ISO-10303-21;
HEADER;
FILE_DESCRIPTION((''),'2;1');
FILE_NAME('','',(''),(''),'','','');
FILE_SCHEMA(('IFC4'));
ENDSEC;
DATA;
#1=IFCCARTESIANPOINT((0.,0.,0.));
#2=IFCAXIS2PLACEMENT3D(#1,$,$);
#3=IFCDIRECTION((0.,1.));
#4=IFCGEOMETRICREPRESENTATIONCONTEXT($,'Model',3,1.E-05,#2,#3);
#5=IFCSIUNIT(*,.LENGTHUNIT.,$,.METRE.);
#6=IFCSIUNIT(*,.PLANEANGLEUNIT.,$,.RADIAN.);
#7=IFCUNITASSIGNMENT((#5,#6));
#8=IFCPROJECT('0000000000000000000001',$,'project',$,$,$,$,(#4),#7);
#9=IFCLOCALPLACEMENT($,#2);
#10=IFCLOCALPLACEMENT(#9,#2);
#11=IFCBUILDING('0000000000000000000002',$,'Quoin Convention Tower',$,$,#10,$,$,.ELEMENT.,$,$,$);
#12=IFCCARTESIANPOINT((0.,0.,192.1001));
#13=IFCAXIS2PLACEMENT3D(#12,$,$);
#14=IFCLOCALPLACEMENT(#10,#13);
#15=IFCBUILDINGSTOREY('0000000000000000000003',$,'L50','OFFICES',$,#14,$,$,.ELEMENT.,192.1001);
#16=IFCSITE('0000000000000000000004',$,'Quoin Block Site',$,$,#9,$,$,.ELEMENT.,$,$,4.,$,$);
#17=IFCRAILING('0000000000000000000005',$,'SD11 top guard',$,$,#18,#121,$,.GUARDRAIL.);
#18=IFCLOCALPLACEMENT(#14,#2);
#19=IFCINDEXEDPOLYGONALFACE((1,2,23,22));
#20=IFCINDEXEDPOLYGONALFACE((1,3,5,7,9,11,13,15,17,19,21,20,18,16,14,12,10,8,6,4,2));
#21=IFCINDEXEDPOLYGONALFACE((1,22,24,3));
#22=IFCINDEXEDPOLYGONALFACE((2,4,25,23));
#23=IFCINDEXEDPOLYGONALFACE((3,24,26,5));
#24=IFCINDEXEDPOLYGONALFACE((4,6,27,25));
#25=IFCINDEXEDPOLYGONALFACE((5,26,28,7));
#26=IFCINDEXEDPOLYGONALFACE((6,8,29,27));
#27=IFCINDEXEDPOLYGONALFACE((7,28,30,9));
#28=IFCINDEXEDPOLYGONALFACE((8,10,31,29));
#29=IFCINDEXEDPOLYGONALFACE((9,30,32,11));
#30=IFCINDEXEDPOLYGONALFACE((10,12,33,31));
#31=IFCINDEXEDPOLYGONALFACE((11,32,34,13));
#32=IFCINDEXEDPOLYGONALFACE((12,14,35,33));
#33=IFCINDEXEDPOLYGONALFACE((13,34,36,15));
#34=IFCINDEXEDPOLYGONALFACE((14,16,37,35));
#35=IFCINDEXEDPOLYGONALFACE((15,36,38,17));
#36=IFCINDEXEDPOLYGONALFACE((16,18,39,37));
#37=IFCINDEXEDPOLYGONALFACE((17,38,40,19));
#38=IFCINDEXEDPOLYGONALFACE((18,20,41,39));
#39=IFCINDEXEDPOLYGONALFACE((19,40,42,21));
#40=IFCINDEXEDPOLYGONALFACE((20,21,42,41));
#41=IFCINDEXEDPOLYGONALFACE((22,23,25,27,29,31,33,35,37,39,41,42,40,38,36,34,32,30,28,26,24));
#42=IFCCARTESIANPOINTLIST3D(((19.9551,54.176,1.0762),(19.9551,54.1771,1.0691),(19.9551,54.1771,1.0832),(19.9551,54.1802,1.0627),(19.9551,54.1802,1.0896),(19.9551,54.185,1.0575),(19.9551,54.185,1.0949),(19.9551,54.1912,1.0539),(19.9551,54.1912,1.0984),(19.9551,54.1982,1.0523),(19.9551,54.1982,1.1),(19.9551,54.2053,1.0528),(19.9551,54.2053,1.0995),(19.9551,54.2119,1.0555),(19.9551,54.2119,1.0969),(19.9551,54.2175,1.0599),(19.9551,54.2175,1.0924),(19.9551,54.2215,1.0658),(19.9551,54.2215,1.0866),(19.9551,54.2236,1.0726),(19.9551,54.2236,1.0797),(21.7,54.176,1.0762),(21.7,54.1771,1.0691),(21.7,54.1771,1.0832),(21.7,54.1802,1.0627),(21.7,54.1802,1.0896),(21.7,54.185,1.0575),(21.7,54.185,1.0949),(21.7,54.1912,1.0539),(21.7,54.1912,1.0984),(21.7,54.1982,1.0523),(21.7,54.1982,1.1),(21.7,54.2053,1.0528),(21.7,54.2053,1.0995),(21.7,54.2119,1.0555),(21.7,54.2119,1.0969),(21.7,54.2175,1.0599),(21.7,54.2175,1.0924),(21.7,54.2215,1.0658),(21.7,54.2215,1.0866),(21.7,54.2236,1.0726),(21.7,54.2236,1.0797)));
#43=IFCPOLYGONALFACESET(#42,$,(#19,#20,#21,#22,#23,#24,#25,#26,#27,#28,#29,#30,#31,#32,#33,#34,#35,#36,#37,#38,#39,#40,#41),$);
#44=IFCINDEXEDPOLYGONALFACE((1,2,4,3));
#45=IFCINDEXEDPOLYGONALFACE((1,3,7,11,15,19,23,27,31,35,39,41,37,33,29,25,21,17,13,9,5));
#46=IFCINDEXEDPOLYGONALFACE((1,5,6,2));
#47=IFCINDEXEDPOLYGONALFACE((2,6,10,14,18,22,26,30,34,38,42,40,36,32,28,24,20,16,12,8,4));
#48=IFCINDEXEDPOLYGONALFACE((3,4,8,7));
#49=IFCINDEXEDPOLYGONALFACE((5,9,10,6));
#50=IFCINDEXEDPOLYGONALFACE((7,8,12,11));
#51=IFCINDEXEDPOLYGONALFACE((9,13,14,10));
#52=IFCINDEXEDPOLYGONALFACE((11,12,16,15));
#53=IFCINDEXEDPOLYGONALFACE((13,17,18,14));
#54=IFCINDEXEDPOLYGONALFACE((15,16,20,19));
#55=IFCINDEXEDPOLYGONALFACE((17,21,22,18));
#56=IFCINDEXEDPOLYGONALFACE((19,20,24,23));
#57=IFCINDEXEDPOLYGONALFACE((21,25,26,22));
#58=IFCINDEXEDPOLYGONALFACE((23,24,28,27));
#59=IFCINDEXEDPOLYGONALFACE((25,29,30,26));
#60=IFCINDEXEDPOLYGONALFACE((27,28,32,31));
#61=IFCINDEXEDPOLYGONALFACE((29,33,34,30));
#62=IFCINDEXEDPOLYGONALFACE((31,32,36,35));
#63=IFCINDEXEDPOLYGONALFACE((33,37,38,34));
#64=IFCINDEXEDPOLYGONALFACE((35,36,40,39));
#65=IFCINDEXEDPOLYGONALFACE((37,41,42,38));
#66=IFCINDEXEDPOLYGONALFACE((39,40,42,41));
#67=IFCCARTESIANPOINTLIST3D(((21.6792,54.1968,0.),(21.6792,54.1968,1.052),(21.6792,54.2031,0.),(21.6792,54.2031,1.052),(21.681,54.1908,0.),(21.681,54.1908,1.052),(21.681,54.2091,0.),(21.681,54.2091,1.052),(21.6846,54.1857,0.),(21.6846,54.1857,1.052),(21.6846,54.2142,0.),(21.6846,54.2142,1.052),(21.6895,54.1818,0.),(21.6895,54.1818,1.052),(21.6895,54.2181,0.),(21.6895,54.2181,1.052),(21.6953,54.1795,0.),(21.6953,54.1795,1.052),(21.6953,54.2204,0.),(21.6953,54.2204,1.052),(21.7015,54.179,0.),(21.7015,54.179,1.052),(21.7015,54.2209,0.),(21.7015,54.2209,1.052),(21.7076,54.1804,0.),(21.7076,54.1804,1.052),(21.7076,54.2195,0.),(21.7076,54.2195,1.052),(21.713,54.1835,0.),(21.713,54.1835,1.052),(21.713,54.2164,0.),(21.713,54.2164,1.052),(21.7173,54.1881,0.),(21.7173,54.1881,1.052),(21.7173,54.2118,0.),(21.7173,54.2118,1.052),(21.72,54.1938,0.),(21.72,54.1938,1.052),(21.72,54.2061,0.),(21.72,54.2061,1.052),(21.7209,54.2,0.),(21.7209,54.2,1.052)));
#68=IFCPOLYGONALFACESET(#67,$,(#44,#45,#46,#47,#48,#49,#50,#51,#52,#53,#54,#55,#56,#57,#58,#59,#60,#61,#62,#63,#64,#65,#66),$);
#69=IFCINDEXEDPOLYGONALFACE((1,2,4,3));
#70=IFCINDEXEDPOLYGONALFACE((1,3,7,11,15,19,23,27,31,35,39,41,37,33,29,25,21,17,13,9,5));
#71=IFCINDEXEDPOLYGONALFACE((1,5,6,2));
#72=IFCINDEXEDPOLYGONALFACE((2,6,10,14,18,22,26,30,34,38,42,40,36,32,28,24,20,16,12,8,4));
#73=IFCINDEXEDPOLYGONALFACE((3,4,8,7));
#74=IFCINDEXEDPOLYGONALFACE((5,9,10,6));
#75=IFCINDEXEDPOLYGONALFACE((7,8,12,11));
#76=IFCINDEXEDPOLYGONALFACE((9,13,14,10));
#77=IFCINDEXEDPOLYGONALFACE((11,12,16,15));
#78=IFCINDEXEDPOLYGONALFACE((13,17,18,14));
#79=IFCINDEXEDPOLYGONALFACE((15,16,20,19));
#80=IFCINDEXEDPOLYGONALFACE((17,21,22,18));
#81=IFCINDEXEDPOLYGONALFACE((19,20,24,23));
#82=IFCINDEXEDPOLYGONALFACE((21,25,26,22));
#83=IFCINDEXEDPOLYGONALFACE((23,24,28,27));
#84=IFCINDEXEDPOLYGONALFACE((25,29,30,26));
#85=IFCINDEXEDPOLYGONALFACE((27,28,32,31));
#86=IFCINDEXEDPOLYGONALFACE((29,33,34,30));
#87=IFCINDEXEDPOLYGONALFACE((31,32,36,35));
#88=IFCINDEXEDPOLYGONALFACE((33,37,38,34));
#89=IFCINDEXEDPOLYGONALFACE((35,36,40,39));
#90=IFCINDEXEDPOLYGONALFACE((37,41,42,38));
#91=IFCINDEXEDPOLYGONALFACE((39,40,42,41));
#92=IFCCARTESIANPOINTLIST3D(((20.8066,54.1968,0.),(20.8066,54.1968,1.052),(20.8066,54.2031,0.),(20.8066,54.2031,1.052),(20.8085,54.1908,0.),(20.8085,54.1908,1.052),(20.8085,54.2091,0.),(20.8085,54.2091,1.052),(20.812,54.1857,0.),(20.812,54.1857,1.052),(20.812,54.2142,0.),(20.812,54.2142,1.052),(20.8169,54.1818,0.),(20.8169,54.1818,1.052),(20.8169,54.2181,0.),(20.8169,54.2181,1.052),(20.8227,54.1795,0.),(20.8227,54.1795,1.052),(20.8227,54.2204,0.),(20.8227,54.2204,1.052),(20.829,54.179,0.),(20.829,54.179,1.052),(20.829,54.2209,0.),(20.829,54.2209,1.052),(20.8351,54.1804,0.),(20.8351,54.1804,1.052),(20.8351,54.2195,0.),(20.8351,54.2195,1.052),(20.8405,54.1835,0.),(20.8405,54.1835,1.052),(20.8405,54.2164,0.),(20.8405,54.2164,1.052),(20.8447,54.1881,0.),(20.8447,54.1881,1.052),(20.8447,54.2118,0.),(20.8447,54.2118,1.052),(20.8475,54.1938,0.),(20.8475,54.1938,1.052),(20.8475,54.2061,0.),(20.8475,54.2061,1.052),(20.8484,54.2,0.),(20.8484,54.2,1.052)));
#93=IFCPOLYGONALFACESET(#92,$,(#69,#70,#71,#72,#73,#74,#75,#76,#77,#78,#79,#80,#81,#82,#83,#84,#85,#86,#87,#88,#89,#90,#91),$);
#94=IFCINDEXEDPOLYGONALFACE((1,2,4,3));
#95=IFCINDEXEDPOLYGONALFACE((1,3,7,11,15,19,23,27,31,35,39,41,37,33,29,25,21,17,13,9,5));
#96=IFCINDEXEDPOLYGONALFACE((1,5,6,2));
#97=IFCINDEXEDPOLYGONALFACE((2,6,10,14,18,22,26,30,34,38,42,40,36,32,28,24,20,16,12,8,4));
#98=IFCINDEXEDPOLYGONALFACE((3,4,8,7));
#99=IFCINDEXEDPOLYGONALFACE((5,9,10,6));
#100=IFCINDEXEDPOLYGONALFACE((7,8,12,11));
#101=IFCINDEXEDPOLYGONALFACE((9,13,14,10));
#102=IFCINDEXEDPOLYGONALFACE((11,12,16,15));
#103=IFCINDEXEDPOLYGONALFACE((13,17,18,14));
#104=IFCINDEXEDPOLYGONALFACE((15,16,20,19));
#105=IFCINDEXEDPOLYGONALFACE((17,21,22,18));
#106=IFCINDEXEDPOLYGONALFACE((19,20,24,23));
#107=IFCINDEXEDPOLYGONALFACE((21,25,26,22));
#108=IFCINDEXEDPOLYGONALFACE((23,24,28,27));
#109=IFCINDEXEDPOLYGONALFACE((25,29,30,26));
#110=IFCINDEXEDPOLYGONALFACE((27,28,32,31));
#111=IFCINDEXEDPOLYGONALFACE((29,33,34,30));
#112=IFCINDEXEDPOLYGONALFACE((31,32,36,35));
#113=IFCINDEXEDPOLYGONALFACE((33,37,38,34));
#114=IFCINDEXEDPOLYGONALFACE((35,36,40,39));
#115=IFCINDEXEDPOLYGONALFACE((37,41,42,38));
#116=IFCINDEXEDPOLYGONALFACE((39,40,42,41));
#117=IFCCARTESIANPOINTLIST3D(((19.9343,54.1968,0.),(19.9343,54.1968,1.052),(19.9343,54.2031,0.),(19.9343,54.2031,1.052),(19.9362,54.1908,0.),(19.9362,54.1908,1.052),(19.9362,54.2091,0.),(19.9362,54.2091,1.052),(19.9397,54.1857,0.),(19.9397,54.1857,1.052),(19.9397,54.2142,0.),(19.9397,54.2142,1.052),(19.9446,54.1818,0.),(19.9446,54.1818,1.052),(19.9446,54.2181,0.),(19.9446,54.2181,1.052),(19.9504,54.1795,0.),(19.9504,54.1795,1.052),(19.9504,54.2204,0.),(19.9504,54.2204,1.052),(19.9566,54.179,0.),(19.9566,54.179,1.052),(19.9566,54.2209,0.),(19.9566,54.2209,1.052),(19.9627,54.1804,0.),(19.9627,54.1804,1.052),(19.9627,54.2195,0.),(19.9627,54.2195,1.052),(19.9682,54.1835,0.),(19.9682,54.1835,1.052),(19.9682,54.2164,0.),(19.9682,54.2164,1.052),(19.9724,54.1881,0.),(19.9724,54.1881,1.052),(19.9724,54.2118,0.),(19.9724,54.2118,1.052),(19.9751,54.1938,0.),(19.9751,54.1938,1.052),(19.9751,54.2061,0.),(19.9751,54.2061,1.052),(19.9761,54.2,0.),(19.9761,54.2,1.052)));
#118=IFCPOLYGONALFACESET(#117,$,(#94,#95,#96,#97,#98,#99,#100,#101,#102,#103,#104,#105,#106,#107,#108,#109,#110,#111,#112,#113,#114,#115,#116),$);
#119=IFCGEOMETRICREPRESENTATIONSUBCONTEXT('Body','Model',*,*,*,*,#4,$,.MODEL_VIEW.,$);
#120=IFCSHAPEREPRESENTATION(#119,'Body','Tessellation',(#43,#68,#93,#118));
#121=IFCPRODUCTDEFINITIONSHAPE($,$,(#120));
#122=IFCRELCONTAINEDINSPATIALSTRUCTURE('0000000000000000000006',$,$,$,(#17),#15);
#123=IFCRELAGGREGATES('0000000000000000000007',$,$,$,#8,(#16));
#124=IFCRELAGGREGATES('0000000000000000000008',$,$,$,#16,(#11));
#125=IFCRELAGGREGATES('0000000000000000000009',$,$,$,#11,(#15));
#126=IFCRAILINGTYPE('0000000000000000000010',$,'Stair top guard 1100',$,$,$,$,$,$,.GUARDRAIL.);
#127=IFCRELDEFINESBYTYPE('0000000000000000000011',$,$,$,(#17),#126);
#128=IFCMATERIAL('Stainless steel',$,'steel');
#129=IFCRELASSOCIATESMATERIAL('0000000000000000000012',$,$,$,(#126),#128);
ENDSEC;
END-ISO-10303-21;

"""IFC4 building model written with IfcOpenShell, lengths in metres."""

from ifc_helpers import new_model, si_unit, direction, frame, origin, origin_2d, place, context, subcontext, project, spatial, circle, extrude, material, type_object, element, save


model = new_model("IFC4")

# Units and contexts
model_context = context("Model", 3, precision=1e-05, world=origin(), true_north=direction((0.0, 1.0)))
body_context = subcontext(model_context, "Body", "Model", "MODEL_VIEW")
ifc_project = project(units=[si_unit("LENGTHUNIT", "METRE"), si_unit("PLANEANGLEUNIT", "RADIAN")], contexts=[model_context])

# Site, building, storey
site_placement = place(None, origin())
site = spatial("IfcSite", under=ifc_project, at=site_placement, Name="Quoin Block Site", CompositionType="ELEMENT", RefElevation=4.0)
building_placement = place(site_placement, origin())
building = spatial("IfcBuilding", under=site, at=building_placement, Name="Quoin Convention Tower", CompositionType="ELEMENT")
storey_placement = place(building_placement, frame((0.0, 0.0, 192.1001)))
storey = spatial("IfcBuildingStorey", under=building, at=storey_placement, Name="L50", Description="OFFICES", CompositionType="ELEMENT", Elevation=192.1001)

# Railing
ifc_material_1 = material(Name="Stainless steel", Category="steel")
railing_type_1 = type_object("IfcRailingType", Name="Stair top guard 1100", PredefinedType="GUARDRAIL", material=ifc_material_1)
railing_1_placement = place(storey_placement, frame((21.7, 54.2, 0.0)))
element("IfcRailing", 1, at=railing_1_placement, inside=storey, type_object=railing_type_1, Name="SD11 top guard", PredefinedType="GUARDRAIL", context=body_context, shape_type="SweptSolid", body=[
    extrude(circle(Radius=0.0239, at=origin_2d()), frame((0.0, 0.0, 1.0762), z_axis=(-1.0, 0.0, 0.0), x_axis=(0.0, -1.0, 0.0)), (0.0, 0.0, 1.0), 1.7449),
    extrude(circle(Radius=0.021, at=origin_2d()), origin(), (0.0, 0.0, 1.0), 1.052),
    extrude(circle(Radius=0.021, at=origin_2d()), frame((-0.8726, 0.0, 0.0)), (0.0, 0.0, 1.0), 1.052),
    extrude(circle(Radius=0.021, at=origin_2d()), frame((-1.7449, 0.0, 0.0)), (0.0, 0.0, 1.0), 1.052),
])

save(model, "model.ifc")
